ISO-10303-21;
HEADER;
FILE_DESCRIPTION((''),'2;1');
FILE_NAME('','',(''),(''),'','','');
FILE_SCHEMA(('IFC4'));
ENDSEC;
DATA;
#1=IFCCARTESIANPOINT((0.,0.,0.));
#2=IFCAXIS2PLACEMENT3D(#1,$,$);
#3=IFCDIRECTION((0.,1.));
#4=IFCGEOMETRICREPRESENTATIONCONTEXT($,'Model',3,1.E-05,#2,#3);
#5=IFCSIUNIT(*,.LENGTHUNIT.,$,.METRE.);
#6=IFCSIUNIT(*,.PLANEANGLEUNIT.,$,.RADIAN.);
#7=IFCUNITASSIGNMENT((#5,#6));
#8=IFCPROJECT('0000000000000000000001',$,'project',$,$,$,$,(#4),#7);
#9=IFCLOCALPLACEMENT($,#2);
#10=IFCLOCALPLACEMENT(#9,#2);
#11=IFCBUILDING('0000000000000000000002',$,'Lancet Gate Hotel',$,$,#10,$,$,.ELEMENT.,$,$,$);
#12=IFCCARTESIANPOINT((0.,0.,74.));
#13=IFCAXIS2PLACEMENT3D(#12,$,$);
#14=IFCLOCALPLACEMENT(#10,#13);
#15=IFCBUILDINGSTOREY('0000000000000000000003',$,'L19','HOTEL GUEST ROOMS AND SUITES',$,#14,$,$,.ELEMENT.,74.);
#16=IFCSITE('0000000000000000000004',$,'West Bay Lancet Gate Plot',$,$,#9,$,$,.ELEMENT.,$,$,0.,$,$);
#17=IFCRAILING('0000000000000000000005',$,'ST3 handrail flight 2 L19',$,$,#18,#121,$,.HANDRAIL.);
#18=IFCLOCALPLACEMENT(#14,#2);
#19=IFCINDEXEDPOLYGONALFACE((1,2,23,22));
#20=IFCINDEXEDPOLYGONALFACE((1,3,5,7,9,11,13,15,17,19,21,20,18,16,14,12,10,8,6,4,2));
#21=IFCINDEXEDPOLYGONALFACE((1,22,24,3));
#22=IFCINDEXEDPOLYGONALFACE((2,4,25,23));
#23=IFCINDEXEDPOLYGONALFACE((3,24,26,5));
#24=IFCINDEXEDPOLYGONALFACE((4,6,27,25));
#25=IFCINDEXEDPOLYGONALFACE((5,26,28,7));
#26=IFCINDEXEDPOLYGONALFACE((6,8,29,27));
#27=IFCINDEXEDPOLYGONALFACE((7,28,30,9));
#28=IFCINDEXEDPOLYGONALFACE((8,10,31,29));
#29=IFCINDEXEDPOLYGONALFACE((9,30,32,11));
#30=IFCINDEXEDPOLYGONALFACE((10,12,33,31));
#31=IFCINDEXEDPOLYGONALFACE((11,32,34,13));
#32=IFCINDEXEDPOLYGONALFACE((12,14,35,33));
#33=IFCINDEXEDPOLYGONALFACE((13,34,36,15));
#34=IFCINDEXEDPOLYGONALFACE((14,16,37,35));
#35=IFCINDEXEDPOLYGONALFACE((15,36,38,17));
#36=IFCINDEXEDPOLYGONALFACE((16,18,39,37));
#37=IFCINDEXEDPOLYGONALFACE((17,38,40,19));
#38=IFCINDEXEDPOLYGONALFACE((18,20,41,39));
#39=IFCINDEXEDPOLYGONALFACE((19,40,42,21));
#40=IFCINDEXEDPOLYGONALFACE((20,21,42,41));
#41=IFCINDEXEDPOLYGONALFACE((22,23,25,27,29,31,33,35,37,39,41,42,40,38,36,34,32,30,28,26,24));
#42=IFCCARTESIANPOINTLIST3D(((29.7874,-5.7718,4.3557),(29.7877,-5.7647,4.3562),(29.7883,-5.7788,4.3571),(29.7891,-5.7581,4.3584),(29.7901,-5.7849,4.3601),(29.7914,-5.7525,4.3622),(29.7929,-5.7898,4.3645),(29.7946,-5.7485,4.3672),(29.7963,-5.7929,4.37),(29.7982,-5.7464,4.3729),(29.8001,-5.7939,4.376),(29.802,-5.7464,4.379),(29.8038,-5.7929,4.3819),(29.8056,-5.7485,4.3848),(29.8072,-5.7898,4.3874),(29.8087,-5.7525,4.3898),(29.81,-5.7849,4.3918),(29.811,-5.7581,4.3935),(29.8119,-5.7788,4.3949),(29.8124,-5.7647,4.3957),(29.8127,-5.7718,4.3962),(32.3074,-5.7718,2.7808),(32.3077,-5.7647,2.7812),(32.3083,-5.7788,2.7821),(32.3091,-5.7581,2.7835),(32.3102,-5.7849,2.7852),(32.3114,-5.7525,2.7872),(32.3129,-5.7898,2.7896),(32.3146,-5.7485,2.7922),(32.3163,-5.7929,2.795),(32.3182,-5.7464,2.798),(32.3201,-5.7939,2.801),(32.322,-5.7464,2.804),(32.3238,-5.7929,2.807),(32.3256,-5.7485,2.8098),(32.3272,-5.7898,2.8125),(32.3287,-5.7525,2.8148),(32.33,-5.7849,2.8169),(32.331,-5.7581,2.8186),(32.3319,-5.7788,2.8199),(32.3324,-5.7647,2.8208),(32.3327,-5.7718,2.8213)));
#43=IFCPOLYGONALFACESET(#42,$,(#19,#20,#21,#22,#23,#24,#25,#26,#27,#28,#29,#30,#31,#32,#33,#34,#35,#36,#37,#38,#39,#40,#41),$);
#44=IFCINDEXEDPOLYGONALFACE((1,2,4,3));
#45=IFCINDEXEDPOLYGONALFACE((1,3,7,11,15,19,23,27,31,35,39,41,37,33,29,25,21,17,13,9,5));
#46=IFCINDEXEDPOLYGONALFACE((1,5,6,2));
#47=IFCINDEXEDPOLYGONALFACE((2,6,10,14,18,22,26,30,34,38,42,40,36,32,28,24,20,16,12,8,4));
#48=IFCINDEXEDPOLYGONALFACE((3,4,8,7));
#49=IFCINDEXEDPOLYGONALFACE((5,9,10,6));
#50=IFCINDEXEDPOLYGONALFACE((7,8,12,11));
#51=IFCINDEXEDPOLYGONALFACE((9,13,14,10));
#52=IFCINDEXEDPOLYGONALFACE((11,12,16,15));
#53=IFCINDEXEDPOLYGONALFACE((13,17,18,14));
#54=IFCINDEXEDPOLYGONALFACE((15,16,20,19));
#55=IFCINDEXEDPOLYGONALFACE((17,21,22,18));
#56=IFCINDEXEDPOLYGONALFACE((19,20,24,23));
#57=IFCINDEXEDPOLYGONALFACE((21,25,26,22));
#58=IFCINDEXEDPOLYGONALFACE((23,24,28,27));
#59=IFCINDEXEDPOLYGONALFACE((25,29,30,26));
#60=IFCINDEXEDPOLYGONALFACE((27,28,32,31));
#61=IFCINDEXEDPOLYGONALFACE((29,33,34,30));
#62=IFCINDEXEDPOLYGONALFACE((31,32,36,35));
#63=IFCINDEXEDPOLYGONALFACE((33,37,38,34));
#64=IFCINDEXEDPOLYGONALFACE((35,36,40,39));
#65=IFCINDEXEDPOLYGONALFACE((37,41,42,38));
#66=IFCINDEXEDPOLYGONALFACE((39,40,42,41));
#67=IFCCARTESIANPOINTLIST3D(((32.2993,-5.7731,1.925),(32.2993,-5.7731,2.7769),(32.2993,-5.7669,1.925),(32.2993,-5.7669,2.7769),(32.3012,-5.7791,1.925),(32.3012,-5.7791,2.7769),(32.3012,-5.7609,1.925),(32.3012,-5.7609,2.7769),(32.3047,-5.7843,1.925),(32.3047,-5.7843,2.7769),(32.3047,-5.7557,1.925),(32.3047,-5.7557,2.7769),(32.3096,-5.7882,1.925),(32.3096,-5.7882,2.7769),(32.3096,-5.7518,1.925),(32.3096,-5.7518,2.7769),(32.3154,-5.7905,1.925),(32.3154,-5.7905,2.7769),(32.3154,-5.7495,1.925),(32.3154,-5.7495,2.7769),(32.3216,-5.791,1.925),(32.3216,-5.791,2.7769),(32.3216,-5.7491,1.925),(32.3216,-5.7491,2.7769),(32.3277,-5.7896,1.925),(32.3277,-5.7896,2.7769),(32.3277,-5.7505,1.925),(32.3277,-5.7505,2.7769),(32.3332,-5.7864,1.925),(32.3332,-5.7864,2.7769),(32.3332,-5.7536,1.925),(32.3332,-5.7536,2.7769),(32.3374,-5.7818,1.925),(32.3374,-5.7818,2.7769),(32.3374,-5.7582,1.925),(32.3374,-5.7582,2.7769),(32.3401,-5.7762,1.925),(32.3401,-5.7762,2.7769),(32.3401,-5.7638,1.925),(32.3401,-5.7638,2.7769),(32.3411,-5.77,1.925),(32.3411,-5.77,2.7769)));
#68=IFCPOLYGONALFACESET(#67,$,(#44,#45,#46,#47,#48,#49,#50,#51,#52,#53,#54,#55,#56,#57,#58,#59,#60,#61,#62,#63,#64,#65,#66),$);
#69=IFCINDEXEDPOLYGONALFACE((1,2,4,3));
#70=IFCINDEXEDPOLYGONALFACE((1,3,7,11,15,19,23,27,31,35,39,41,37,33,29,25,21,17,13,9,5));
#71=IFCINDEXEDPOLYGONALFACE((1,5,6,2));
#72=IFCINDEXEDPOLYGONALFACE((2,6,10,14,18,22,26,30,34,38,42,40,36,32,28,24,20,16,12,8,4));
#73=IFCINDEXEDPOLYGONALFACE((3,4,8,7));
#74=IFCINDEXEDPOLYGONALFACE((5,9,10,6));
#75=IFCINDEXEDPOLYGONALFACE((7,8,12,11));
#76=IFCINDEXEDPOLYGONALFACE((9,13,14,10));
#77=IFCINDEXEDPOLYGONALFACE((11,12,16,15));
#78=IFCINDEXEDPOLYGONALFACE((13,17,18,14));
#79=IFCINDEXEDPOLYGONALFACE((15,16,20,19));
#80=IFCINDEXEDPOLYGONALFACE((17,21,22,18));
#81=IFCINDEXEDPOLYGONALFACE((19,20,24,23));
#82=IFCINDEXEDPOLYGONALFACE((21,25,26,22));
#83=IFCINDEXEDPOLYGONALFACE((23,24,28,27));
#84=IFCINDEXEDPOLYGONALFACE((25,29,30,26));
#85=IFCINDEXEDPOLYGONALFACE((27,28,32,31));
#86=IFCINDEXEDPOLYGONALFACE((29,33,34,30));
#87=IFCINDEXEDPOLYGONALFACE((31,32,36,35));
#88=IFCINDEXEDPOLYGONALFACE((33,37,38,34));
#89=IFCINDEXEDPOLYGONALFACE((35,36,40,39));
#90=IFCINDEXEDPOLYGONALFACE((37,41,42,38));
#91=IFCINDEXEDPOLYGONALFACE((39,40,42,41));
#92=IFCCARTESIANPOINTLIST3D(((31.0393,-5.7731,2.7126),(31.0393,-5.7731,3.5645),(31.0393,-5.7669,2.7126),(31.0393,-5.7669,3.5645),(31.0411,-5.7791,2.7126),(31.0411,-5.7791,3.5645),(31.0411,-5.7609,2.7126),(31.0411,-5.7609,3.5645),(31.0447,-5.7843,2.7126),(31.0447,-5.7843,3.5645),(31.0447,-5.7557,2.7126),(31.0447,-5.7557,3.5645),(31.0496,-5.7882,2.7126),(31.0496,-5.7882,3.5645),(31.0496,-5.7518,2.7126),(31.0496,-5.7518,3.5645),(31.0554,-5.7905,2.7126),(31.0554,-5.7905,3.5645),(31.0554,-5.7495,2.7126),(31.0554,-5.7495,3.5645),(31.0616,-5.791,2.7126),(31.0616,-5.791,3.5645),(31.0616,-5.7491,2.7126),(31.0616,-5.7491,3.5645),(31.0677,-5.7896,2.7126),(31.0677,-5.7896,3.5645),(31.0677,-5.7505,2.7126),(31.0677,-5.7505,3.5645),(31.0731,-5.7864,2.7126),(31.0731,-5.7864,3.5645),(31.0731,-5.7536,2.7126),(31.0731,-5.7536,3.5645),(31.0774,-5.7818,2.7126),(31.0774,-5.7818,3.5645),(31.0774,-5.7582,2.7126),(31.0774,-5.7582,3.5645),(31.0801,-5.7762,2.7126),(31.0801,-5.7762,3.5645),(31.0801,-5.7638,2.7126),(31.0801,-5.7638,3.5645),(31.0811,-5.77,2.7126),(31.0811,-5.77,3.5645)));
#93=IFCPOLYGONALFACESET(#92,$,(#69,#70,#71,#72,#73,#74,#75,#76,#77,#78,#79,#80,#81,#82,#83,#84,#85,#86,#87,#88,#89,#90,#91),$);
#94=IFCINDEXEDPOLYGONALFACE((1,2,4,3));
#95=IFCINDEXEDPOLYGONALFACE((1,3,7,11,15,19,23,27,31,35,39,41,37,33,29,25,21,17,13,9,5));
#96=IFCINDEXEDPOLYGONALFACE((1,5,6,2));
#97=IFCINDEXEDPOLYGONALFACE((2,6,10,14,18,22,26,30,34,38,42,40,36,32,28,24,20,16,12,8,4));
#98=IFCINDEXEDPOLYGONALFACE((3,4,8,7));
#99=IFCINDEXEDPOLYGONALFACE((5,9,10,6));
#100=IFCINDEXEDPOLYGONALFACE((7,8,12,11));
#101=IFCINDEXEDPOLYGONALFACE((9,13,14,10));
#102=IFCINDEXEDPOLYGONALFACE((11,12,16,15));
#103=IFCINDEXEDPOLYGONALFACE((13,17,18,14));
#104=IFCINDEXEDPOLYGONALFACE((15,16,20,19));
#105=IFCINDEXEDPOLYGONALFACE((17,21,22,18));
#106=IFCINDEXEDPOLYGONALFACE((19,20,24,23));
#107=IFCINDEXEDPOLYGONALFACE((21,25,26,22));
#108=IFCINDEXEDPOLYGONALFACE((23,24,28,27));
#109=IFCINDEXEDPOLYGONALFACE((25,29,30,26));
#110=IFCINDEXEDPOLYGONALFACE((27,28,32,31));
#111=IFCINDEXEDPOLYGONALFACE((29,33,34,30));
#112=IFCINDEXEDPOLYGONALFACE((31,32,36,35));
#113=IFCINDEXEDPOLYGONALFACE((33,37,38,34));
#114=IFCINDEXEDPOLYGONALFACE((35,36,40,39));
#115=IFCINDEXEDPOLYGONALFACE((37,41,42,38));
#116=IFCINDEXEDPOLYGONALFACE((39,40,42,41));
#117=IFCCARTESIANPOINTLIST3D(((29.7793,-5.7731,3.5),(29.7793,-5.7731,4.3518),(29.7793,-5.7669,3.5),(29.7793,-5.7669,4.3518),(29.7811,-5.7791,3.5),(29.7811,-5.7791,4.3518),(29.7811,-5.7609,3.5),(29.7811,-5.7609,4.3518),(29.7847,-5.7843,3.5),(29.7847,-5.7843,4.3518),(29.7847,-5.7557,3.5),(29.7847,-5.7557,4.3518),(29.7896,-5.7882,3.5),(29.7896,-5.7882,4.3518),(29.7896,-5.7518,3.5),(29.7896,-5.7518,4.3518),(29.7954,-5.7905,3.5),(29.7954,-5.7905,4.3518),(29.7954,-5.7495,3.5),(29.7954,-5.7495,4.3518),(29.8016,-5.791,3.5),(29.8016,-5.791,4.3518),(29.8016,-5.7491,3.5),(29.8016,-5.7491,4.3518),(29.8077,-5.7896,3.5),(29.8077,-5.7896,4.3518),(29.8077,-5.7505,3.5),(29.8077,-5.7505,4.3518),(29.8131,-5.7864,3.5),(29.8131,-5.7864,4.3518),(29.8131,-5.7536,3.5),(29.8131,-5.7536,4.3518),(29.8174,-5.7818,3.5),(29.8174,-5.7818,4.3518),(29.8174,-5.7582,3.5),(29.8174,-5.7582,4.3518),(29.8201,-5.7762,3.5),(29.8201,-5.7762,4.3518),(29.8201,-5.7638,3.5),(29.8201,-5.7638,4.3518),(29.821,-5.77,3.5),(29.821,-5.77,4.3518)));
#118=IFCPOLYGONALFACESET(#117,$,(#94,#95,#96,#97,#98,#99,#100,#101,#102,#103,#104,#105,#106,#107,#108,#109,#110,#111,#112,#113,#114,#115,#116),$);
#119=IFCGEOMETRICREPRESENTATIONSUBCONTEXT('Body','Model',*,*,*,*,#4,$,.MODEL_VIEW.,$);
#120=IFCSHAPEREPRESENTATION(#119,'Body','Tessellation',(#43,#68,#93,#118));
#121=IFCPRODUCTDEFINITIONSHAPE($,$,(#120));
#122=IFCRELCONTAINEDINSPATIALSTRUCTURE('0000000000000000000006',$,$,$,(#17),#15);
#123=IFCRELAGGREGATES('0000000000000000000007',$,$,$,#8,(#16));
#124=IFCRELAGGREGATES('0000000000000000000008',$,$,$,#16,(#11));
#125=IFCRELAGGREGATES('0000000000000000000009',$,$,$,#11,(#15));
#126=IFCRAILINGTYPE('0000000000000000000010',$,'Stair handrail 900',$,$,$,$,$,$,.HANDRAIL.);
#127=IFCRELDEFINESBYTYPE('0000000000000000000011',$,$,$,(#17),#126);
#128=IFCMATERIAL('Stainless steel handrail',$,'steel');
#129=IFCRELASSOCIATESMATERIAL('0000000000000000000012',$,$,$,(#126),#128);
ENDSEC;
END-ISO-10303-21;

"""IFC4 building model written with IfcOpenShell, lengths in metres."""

from ifc_helpers import new_model, si_unit, direction, frame, origin, origin_2d, place, context, subcontext, project, spatial, circle, extrude, material, type_object, element, save


model = new_model("IFC4")

# Units and contexts
model_context = context("Model", 3, precision=1e-05, world=origin(), true_north=direction((0.0, 1.0)))
body_context = subcontext(model_context, "Body", "Model", "MODEL_VIEW")
ifc_project = project(units=[si_unit("LENGTHUNIT", "METRE"), si_unit("PLANEANGLEUNIT", "RADIAN")], contexts=[model_context])

# Site, building, storey
site_placement = place(None, origin())
site = spatial("IfcSite", under=ifc_project, at=site_placement, Name="West Bay Lancet Gate Plot", CompositionType="ELEMENT", RefElevation=0.0)
building_placement = place(site_placement, origin())
building = spatial("IfcBuilding", under=site, at=building_placement, Name="Lancet Gate Hotel", CompositionType="ELEMENT")
storey_placement = place(building_placement, frame((0.0, 0.0, 74.0)))
storey = spatial("IfcBuildingStorey", under=building, at=storey_placement, Name="L19", Description="HOTEL GUEST ROOMS AND SUITES", CompositionType="ELEMENT", Elevation=74.0)

# Railing
ifc_material_1 = material(Name="Stainless steel handrail", Category="steel")
railing_type = type_object("IfcRailingType", Name="Stair handrail 900", PredefinedType="HANDRAIL", material=ifc_material_1)
railing_1_placement = place(storey_placement, frame((32.3201, -5.77, 1.925)))
element("IfcRailing", 1, at=railing_1_placement, inside=storey, type_object=railing_type, Name="ST3 handrail flight 2 L19", PredefinedType="HANDRAIL", context=body_context, shape_type="SweptSolid", body=[
    extrude(circle(Radius=0.0239, at=origin_2d()), frame((0.0, 0.0, 0.876), z_axis=(-0.848008, 0.0, 0.529984), x_axis=(0.0, -1.0, 0.0)), (0.0, 0.0, 1.0), 2.9717),
    extrude(circle(Radius=0.021, at=origin_2d()), origin(), (0.0, 0.0, 1.0), 0.8518),
    extrude(circle(Radius=0.021, at=origin_2d()), frame((-1.26, 0.0, 0.7876)), (0.0, 0.0, 1.0), 0.8518),
    extrude(circle(Radius=0.021, at=origin_2d()), frame((-2.52, 0.0, 1.575)), (0.0, 0.0, 1.0), 0.8518),
])

save(model, "model.ifc")
